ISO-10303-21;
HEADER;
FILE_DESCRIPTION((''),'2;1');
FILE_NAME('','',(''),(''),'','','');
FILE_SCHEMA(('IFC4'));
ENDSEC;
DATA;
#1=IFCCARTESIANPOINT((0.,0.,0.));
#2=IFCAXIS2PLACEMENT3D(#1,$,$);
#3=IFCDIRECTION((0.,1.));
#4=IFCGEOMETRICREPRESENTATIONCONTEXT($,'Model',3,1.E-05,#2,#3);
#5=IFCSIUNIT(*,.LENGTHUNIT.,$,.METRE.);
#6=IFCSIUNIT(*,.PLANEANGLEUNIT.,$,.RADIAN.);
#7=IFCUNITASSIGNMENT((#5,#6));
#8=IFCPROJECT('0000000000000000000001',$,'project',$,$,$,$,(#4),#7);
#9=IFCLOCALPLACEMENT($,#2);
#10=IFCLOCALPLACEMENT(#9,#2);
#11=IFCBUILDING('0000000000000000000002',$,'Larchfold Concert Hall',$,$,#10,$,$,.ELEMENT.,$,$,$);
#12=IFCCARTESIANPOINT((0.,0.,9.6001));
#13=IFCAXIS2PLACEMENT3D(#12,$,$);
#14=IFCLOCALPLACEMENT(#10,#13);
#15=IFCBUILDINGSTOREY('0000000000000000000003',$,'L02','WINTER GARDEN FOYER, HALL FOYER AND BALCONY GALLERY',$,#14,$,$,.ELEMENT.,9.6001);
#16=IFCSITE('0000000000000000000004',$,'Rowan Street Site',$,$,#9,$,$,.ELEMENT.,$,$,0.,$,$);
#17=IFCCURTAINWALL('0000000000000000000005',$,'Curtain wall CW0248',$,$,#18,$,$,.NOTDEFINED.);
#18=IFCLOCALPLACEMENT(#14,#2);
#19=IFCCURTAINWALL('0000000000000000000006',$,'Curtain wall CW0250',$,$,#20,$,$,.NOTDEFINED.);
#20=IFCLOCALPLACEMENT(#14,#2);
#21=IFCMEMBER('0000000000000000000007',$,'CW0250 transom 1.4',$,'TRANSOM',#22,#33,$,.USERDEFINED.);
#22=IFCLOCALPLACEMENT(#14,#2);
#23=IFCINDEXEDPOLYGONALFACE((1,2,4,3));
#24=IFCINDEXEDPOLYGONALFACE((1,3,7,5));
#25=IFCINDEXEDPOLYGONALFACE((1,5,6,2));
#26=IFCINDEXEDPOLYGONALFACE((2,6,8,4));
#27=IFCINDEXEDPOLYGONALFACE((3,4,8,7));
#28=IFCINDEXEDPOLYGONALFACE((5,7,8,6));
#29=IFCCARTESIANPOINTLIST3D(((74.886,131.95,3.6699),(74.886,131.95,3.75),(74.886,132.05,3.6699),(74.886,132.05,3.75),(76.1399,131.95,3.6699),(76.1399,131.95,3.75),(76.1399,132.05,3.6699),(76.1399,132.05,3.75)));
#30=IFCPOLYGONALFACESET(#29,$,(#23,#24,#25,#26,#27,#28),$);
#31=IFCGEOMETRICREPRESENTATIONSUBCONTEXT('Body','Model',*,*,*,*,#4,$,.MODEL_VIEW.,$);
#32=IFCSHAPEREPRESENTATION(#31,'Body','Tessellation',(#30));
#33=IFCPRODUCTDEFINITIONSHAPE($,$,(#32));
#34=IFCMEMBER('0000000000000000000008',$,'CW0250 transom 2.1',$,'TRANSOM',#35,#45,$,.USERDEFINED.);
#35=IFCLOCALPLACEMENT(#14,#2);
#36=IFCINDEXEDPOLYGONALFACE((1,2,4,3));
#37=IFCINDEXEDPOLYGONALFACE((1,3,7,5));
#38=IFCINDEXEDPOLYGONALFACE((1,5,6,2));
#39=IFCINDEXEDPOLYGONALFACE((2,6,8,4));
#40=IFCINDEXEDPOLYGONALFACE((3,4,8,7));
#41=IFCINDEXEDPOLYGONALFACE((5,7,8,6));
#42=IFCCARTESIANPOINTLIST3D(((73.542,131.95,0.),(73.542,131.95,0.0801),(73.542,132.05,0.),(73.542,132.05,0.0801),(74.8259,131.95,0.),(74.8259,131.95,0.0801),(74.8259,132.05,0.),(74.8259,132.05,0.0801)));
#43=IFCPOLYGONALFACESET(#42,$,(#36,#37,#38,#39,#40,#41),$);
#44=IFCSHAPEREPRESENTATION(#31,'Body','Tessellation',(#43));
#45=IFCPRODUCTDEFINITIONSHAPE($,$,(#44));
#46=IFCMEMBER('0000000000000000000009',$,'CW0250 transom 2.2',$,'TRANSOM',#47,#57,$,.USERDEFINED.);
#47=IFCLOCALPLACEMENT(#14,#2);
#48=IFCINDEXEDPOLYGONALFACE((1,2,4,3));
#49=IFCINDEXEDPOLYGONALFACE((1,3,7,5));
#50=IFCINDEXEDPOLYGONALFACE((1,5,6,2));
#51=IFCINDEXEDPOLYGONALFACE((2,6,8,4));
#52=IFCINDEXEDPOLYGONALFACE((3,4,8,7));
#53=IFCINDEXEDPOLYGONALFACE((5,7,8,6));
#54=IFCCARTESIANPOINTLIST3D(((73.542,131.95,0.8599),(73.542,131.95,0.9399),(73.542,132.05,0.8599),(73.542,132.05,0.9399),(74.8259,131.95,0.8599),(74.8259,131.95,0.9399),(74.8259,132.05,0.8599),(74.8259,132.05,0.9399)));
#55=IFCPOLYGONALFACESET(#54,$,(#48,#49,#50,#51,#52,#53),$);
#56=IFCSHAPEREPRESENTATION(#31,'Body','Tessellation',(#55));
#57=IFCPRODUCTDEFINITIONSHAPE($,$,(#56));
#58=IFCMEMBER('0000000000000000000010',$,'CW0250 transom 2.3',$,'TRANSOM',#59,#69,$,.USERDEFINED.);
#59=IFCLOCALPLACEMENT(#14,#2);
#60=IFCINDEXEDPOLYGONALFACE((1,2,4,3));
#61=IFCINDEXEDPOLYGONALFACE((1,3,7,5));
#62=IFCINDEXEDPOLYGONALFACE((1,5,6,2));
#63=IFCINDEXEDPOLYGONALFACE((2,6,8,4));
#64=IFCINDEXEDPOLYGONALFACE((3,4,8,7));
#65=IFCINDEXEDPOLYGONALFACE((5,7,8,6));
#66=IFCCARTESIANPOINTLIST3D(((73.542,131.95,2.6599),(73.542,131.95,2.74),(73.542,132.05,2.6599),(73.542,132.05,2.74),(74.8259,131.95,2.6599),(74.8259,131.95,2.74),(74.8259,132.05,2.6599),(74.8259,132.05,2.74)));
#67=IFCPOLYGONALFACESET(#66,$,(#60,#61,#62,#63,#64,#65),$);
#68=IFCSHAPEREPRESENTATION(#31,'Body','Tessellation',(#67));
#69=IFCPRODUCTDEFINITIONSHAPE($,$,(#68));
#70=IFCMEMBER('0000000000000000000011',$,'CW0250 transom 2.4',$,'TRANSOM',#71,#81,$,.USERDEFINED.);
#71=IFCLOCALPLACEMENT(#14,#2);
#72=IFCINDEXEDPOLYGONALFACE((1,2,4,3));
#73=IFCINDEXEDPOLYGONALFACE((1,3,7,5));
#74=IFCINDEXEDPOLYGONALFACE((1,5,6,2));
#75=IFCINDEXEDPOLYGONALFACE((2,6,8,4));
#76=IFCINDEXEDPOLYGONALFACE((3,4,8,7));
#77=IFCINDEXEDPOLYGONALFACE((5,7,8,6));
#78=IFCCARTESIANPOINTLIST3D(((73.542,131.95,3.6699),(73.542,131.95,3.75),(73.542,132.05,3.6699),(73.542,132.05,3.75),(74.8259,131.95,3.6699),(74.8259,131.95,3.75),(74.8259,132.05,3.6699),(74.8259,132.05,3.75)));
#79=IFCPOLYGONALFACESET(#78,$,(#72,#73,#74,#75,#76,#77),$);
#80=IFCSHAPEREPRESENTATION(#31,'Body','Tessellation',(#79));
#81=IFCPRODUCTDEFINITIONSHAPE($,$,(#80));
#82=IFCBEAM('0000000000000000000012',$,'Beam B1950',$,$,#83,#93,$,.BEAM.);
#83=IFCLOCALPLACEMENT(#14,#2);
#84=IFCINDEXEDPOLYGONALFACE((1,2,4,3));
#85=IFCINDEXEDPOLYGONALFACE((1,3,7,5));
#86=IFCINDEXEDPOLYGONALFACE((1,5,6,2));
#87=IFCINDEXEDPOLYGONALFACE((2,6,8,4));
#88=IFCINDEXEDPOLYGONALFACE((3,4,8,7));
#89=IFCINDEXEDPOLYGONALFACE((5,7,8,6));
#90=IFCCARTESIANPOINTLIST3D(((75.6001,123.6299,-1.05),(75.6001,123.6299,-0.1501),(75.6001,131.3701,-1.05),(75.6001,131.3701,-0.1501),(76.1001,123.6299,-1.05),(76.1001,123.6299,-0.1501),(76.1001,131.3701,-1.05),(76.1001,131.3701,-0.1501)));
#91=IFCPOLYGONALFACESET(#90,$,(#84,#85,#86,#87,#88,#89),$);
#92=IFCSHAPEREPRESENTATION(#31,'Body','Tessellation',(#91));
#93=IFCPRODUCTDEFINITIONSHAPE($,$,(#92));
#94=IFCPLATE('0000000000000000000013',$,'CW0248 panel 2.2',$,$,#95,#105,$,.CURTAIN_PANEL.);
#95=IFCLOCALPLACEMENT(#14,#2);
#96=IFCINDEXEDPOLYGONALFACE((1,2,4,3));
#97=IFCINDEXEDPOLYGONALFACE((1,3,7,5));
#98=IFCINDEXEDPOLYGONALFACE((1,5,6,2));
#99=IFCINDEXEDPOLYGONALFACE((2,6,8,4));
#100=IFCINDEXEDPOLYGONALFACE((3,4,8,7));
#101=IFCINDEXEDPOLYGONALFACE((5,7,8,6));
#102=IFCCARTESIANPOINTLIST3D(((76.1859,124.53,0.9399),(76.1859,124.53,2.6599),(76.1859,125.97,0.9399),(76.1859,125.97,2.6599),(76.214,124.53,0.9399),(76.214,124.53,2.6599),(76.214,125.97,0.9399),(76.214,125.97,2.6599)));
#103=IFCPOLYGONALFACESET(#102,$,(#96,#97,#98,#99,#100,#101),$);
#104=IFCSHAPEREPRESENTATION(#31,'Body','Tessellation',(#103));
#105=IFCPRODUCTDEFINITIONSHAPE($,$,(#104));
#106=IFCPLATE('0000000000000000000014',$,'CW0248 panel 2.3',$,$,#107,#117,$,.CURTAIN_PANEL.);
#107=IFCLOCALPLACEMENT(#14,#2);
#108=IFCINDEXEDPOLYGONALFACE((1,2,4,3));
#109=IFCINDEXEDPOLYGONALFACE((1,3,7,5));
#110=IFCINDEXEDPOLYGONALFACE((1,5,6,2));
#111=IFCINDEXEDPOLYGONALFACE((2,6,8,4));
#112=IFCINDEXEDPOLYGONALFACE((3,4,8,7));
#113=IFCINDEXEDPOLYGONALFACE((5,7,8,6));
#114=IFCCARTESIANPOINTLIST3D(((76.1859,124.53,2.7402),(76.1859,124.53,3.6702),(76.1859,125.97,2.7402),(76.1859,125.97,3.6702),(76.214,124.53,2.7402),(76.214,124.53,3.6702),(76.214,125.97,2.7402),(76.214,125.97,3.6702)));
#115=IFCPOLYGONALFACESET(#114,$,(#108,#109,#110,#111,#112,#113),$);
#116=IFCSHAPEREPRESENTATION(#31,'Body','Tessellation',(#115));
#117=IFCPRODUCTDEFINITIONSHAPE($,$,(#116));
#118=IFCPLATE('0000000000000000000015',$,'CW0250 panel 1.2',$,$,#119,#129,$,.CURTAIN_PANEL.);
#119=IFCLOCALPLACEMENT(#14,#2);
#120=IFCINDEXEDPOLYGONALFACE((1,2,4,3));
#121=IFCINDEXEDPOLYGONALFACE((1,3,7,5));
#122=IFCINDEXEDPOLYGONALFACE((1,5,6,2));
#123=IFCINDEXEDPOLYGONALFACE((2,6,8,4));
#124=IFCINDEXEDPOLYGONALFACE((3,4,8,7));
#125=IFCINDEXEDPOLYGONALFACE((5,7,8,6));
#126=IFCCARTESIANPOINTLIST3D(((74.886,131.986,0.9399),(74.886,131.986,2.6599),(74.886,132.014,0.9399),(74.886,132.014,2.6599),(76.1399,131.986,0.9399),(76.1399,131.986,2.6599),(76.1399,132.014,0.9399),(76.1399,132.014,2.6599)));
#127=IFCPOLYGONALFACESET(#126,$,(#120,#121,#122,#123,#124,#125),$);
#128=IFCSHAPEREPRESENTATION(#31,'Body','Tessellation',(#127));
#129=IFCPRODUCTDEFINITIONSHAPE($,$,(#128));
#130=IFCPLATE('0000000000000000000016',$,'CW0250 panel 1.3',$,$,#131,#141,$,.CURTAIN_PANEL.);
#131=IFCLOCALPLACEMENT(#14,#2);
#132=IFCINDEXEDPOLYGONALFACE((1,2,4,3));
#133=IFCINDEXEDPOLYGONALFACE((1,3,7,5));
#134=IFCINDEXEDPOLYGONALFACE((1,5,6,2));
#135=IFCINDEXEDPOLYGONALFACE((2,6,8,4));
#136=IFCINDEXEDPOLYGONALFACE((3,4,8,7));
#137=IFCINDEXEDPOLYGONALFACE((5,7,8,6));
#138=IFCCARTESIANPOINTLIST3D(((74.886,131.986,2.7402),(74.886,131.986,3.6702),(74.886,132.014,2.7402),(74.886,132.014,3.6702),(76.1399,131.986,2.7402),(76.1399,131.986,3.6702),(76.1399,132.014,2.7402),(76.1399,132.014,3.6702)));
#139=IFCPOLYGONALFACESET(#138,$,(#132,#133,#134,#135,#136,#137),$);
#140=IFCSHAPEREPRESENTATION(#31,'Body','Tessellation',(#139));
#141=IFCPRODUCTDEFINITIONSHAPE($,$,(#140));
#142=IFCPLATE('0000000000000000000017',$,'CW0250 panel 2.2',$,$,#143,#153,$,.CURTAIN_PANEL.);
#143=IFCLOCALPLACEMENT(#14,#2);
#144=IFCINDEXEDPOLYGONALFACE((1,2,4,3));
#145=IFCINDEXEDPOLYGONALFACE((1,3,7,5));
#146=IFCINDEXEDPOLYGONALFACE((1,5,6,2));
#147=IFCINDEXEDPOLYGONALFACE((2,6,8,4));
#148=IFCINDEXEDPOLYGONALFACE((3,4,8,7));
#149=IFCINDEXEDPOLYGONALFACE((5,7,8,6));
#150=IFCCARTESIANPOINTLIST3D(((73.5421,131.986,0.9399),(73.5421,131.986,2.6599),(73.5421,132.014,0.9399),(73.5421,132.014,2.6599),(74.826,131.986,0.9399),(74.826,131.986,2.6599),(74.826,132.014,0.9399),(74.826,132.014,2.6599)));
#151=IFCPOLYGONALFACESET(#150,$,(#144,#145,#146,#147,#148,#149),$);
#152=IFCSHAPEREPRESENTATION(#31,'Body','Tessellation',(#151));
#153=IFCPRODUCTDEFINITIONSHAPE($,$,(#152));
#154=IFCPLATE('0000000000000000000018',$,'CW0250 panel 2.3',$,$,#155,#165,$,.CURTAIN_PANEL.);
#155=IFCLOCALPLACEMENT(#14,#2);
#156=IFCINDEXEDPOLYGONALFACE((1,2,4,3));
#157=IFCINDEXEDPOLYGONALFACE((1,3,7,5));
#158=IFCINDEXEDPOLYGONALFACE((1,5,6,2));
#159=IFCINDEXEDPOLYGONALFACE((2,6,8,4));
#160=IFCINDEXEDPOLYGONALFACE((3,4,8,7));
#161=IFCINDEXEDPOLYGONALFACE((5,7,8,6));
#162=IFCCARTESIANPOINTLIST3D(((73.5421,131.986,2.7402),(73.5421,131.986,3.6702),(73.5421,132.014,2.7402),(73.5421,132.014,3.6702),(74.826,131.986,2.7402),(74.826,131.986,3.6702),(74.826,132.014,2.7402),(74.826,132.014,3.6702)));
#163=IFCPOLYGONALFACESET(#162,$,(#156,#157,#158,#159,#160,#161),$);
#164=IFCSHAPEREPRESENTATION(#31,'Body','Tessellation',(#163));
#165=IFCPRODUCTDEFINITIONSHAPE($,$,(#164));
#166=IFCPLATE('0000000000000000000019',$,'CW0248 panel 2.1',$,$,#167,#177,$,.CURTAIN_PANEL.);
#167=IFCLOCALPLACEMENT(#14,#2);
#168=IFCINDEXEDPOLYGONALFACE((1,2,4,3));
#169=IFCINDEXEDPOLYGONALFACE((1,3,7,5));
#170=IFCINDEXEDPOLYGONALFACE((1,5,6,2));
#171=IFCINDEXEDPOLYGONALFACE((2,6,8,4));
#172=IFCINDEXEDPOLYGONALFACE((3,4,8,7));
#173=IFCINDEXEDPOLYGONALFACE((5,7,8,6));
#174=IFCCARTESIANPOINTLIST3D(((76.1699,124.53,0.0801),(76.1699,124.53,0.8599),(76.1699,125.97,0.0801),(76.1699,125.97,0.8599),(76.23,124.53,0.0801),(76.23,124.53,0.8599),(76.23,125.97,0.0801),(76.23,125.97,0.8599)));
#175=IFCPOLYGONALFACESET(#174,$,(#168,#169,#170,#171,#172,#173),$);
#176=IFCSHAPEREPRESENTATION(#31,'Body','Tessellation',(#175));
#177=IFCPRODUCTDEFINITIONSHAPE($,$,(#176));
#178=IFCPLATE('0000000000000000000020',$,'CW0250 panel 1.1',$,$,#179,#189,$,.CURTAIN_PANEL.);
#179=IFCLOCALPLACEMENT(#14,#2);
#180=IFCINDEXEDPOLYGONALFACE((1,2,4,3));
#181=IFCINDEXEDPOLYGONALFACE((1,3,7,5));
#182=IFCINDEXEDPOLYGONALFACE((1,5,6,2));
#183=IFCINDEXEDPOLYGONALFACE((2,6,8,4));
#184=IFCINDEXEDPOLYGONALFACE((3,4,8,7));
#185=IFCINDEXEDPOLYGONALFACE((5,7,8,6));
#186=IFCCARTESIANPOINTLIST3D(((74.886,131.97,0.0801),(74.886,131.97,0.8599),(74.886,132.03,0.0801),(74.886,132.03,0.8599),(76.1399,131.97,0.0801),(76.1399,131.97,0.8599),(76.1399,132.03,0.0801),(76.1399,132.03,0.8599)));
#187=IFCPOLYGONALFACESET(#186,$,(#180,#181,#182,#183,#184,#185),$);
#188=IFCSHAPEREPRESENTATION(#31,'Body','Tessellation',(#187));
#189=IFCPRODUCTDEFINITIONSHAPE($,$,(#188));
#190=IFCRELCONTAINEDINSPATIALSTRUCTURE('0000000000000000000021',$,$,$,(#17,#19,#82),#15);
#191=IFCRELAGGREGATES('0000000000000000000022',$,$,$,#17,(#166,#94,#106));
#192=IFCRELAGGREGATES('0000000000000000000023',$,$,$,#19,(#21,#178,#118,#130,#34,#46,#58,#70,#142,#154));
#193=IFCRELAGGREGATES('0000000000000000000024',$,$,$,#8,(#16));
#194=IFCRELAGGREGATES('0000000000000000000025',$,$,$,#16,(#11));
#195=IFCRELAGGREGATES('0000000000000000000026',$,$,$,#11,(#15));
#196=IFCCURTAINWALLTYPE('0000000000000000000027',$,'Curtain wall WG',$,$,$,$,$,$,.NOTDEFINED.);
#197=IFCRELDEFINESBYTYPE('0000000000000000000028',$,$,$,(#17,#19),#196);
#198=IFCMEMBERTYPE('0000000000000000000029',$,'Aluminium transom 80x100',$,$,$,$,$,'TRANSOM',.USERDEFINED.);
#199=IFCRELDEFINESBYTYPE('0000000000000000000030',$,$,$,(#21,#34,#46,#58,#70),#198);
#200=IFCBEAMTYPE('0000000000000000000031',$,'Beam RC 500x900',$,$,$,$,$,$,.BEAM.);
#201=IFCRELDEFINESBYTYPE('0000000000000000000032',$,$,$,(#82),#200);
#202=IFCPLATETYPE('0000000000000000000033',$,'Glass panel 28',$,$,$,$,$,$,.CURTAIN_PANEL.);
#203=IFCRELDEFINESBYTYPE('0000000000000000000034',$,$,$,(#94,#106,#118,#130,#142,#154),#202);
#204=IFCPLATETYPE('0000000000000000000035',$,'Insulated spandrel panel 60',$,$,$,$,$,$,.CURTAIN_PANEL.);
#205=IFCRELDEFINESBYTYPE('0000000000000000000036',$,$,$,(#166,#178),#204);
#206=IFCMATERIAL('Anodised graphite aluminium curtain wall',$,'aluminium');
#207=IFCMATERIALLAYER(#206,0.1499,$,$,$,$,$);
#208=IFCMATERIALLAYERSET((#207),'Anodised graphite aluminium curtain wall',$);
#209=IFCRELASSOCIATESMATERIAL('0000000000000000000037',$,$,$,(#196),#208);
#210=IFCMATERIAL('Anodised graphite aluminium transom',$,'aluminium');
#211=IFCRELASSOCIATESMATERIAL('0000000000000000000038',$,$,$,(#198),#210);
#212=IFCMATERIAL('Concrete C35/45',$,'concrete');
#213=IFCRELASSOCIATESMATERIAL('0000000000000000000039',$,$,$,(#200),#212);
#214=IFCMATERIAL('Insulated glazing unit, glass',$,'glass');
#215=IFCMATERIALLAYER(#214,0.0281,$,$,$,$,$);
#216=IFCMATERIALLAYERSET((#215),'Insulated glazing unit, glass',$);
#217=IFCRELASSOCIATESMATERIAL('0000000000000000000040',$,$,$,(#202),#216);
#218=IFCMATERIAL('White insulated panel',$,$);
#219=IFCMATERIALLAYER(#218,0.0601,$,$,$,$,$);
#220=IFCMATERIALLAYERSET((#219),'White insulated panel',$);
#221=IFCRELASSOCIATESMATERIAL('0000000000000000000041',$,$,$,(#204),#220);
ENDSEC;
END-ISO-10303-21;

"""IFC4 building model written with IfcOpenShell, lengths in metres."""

from ifc_helpers import new_model, si_unit, direction, frame, origin, origin_2d, place, context, subcontext, project, spatial, rectangle, extrude, material, layer, layer_set, material_profile, profile_set, type_object, element, aggregate, save


model = new_model("IFC4")

# Units and contexts
model_context = context("Model", 3, precision=1e-05, world=origin(), true_north=direction((0.0, 1.0)))
body_context = subcontext(model_context, "Body", "Model", "MODEL_VIEW")
ifc_project = project(units=[si_unit("LENGTHUNIT", "METRE"), si_unit("PLANEANGLEUNIT", "RADIAN")], contexts=[model_context])

# Site, building, storey
site_placement = place(None, origin())
site = spatial("IfcSite", under=ifc_project, at=site_placement, Name="Rowan Street Site", CompositionType="ELEMENT", RefElevation=0.0)
building_placement = place(site_placement, origin())
building = spatial("IfcBuilding", under=site, at=building_placement, Name="Larchfold Concert Hall", CompositionType="ELEMENT")
storey_placement = place(building_placement, frame((0.0, 0.0, 9.6001)))
storey = spatial("IfcBuildingStorey", under=building, at=storey_placement, Name="L02", Description="WINTER GARDEN FOYER, HALL FOYER AND BALCONY GALLERY", CompositionType="ELEMENT", Elevation=9.6001)

# Curtain wall
ifc_material_1 = material(Name="Anodised graphite aluminium curtain wall", Category="aluminium")
ifc_layer_1 = layer(ifc_material_1, 0.1499)
ifc_layer_set_1 = layer_set([ifc_layer_1], Name="Anodised graphite aluminium curtain wall")
curtain_wall_type = type_object("IfcCurtainWallType", Name="Curtain wall WG", PredefinedType="NOTDEFINED", material=ifc_layer_set_1)
curtain_wall_1_placement = place(storey_placement, origin())
curtain_wall_1 = element("IfcCurtainWall", 1, at=curtain_wall_1_placement, inside=storey, type_object=curtain_wall_type, Name="Curtain wall CW0248", PredefinedType="NOTDEFINED")

# Curtain wall
curtain_wall_2_placement = place(storey_placement, origin())
curtain_wall_2 = element("IfcCurtainWall", 2, at=curtain_wall_2_placement, inside=storey, type_object=curtain_wall_type, Name="Curtain wall CW0250", PredefinedType="NOTDEFINED")

# Members
ifc_material_2 = material(Name="Anodised graphite aluminium transom", Category="aluminium")
ifc_material_profile_1 = material_profile(ifc_material_2, rectangle(XDim=0.1001, YDim=0.0801, at=origin_2d()))
ifc_profile_set_1 = profile_set([ifc_material_profile_1], Name="Anodised graphite aluminium transom")
member_type_1 = type_object("IfcMemberType", Name="Aluminium transom 80x100", ElementType="TRANSOM", PredefinedType="USERDEFINED", material=ifc_profile_set_1)
member_1_placement = place(storey_placement, frame((76.1399, 132.0, 3.71), z_axis=(-1.0, 0.0, 0.0), x_axis=(0.0, -1.0, 0.0)))
member_1 = element("IfcMember", 3, at=member_1_placement, type_object=member_type_1, Name="CW0250 transom 1.4", ObjectType="TRANSOM", PredefinedType="USERDEFINED", context=body_context, shape_type="SweptSolid", body=[
    extrude(rectangle(XDim=0.1001, YDim=0.0801, at=origin_2d()), origin(), (0.0, 0.0, 1.0), 1.2539),
])
member_2_placement = place(storey_placement, frame((74.8259, 132.0, 0.04), z_axis=(-1.0, 0.0, 0.0), x_axis=(0.0, -1.0, 0.0)))
member_2 = element("IfcMember", 4, at=member_2_placement, type_object=member_type_1, Name="CW0250 transom 2.1", ObjectType="TRANSOM", PredefinedType="USERDEFINED", context=body_context, shape_type="SweptSolid", body=[
    extrude(rectangle(XDim=0.1001, YDim=0.0801, at=origin_2d()), origin(), (0.0, 0.0, 1.0), 1.2839),
])
member_3_placement = place(storey_placement, frame((74.8259, 132.0, 0.8999), z_axis=(-1.0, 0.0, 0.0), x_axis=(0.0, -1.0, 0.0)))
member_3 = element("IfcMember", 5, at=member_3_placement, type_object=member_type_1, Name="CW0250 transom 2.2", ObjectType="TRANSOM", PredefinedType="USERDEFINED", context=body_context, shape_type="SweptSolid", body=[
    extrude(rectangle(XDim=0.1001, YDim=0.0801, at=origin_2d()), origin(), (0.0, 0.0, 1.0), 1.2839),
])
member_4_placement = place(storey_placement, frame((74.8259, 132.0, 2.7), z_axis=(-1.0, 0.0, 0.0), x_axis=(0.0, -1.0, 0.0)))
member_4 = element("IfcMember", 6, at=member_4_placement, type_object=member_type_1, Name="CW0250 transom 2.3", ObjectType="TRANSOM", PredefinedType="USERDEFINED", context=body_context, shape_type="SweptSolid", body=[
    extrude(rectangle(XDim=0.1001, YDim=0.0801, at=origin_2d()), origin(), (0.0, 0.0, 1.0), 1.2839),
])
member_5_placement = place(storey_placement, frame((74.8259, 132.0, 3.71), z_axis=(-1.0, 0.0, 0.0), x_axis=(0.0, -1.0, 0.0)))
member_5 = element("IfcMember", 7, at=member_5_placement, type_object=member_type_1, Name="CW0250 transom 2.4", ObjectType="TRANSOM", PredefinedType="USERDEFINED", context=body_context, shape_type="SweptSolid", body=[
    extrude(rectangle(XDim=0.1001, YDim=0.0801, at=origin_2d()), origin(), (0.0, 0.0, 1.0), 1.2839),
])

# Beam
ifc_material_3 = material(Name="Concrete C35/45", Category="concrete")
ifc_material_profile_2 = material_profile(ifc_material_3, rectangle(XDim=0.5, YDim=0.8999, at=origin_2d()))
ifc_profile_set_2 = profile_set([ifc_material_profile_2], Name="Concrete C35/45")
beam_type = type_object("IfcBeamType", Name="Beam RC 500x900", PredefinedType="BEAM", material=ifc_profile_set_2)
beam_placement = place(storey_placement, frame((75.8501, 131.3701, -0.6001), z_axis=(0.0, -1.0, 0.0), x_axis=(1.0, 0.0, 0.0)))
element("IfcBeam", 8, at=beam_placement, inside=storey, type_object=beam_type, Name="Beam B1950", PredefinedType="BEAM", context=body_context, shape_type="SweptSolid", body=[
    extrude(rectangle(XDim=0.5, YDim=0.8999, at=origin_2d()), origin(), (0.0, 0.0, 1.0), 7.7402),
])

# Plates
ifc_material_4 = material(Name="Insulated glazing unit, glass", Category="glass")
ifc_layer_2 = layer(ifc_material_4, 0.0281)
ifc_layer_set_2 = layer_set([ifc_layer_2], Name="Insulated glazing unit, glass")
plate_type_1 = type_object("IfcPlateType", Name="Glass panel 28", PredefinedType="CURTAIN_PANEL", material=ifc_layer_set_2)
plate_1_placement = place(storey_placement, frame((76.2, 125.25, 0.9399), z_axis=(0.0, 0.0, 1.0), x_axis=(0.0, 1.0, 0.0)))
plate_1 = element("IfcPlate", 9, at=plate_1_placement, type_object=plate_type_1, Name="CW0248 panel 2.2", PredefinedType="CURTAIN_PANEL", context=body_context, shape_type="SweptSolid", body=[
    extrude(rectangle(XDim=1.4399, YDim=0.0281, at=origin_2d()), origin(), (0.0, 0.0, 1.0), 1.72),
])
plate_2_placement = place(storey_placement, frame((76.2, 125.25, 2.7402), z_axis=(0.0, 0.0, 1.0), x_axis=(0.0, 1.0, 0.0)))
plate_2 = element("IfcPlate", 10, at=plate_2_placement, type_object=plate_type_1, Name="CW0248 panel 2.3", PredefinedType="CURTAIN_PANEL", context=body_context, shape_type="SweptSolid", body=[
    extrude(rectangle(XDim=1.4399, YDim=0.0281, at=origin_2d()), origin(), (0.0, 0.0, 1.0), 0.9299),
])
plate_3_placement = place(storey_placement, frame((75.5129, 132.0, 0.9399), z_axis=(0.0, 0.0, 1.0), x_axis=(-1.0, 0.0, 0.0)))
plate_3 = element("IfcPlate", 11, at=plate_3_placement, type_object=plate_type_1, Name="CW0250 panel 1.2", PredefinedType="CURTAIN_PANEL", context=body_context, shape_type="SweptSolid", body=[
    extrude(rectangle(XDim=1.2539, YDim=0.0281, at=origin_2d()), origin(), (0.0, 0.0, 1.0), 1.72),
])
plate_4_placement = place(storey_placement, frame((75.5129, 132.0, 2.7402), z_axis=(0.0, 0.0, 1.0), x_axis=(-1.0, 0.0, 0.0)))
plate_4 = element("IfcPlate", 12, at=plate_4_placement, type_object=plate_type_1, Name="CW0250 panel 1.3", PredefinedType="CURTAIN_PANEL", context=body_context, shape_type="SweptSolid", body=[
    extrude(rectangle(XDim=1.2539, YDim=0.0281, at=origin_2d()), origin(), (0.0, 0.0, 1.0), 0.9299),
])
plate_5_placement = place(storey_placement, frame((74.1841, 132.0, 0.9399), z_axis=(0.0, 0.0, 1.0), x_axis=(-1.0, 0.0, 0.0)))
plate_5 = element("IfcPlate", 13, at=plate_5_placement, type_object=plate_type_1, Name="CW0250 panel 2.2", PredefinedType="CURTAIN_PANEL", context=body_context, shape_type="SweptSolid", body=[
    extrude(rectangle(XDim=1.2839, YDim=0.0281, at=origin_2d()), origin(), (0.0, 0.0, 1.0), 1.72),
])
plate_6_placement = place(storey_placement, frame((74.1841, 132.0, 2.7402), z_axis=(0.0, 0.0, 1.0), x_axis=(-1.0, 0.0, 0.0)))
plate_6 = element("IfcPlate", 14, at=plate_6_placement, type_object=plate_type_1, Name="CW0250 panel 2.3", PredefinedType="CURTAIN_PANEL", context=body_context, shape_type="SweptSolid", body=[
    extrude(rectangle(XDim=1.2839, YDim=0.0281, at=origin_2d()), origin(), (0.0, 0.0, 1.0), 0.9299),
])
ifc_material_5 = material(Name="White insulated panel")
ifc_layer_3 = layer(ifc_material_5, 0.0601)
ifc_layer_set_3 = layer_set([ifc_layer_3], Name="White insulated panel")
plate_type_2 = type_object("IfcPlateType", Name="Insulated spandrel panel 60", PredefinedType="CURTAIN_PANEL", material=ifc_layer_set_3)
plate_7_placement = place(storey_placement, frame((76.2, 125.25, 0.0801), z_axis=(0.0, 0.0, 1.0), x_axis=(0.0, 1.0, 0.0)))
plate_7 = element("IfcPlate", 15, at=plate_7_placement, type_object=plate_type_2, Name="CW0248 panel 2.1", PredefinedType="CURTAIN_PANEL", context=body_context, shape_type="SweptSolid", body=[
    extrude(rectangle(XDim=1.4399, YDim=0.0601, at=origin_2d()), origin(), (0.0, 0.0, 1.0), 0.7798),
])
aggregate(curtain_wall_1, [plate_7, plate_1, plate_2])
plate_8_placement = place(storey_placement, frame((75.5129, 132.0, 0.0801), z_axis=(0.0, 0.0, 1.0), x_axis=(-1.0, 0.0, 0.0)))
plate_8 = element("IfcPlate", 16, at=plate_8_placement, type_object=plate_type_2, Name="CW0250 panel 1.1", PredefinedType="CURTAIN_PANEL", context=body_context, shape_type="SweptSolid", body=[
    extrude(rectangle(XDim=1.2539, YDim=0.0601, at=origin_2d()), origin(), (0.0, 0.0, 1.0), 0.7798),
])
aggregate(curtain_wall_2, [member_1, plate_8, plate_3, plate_4, member_2, member_3, member_4, member_5, plate_5, plate_6])

save(model, "model.ifc")
